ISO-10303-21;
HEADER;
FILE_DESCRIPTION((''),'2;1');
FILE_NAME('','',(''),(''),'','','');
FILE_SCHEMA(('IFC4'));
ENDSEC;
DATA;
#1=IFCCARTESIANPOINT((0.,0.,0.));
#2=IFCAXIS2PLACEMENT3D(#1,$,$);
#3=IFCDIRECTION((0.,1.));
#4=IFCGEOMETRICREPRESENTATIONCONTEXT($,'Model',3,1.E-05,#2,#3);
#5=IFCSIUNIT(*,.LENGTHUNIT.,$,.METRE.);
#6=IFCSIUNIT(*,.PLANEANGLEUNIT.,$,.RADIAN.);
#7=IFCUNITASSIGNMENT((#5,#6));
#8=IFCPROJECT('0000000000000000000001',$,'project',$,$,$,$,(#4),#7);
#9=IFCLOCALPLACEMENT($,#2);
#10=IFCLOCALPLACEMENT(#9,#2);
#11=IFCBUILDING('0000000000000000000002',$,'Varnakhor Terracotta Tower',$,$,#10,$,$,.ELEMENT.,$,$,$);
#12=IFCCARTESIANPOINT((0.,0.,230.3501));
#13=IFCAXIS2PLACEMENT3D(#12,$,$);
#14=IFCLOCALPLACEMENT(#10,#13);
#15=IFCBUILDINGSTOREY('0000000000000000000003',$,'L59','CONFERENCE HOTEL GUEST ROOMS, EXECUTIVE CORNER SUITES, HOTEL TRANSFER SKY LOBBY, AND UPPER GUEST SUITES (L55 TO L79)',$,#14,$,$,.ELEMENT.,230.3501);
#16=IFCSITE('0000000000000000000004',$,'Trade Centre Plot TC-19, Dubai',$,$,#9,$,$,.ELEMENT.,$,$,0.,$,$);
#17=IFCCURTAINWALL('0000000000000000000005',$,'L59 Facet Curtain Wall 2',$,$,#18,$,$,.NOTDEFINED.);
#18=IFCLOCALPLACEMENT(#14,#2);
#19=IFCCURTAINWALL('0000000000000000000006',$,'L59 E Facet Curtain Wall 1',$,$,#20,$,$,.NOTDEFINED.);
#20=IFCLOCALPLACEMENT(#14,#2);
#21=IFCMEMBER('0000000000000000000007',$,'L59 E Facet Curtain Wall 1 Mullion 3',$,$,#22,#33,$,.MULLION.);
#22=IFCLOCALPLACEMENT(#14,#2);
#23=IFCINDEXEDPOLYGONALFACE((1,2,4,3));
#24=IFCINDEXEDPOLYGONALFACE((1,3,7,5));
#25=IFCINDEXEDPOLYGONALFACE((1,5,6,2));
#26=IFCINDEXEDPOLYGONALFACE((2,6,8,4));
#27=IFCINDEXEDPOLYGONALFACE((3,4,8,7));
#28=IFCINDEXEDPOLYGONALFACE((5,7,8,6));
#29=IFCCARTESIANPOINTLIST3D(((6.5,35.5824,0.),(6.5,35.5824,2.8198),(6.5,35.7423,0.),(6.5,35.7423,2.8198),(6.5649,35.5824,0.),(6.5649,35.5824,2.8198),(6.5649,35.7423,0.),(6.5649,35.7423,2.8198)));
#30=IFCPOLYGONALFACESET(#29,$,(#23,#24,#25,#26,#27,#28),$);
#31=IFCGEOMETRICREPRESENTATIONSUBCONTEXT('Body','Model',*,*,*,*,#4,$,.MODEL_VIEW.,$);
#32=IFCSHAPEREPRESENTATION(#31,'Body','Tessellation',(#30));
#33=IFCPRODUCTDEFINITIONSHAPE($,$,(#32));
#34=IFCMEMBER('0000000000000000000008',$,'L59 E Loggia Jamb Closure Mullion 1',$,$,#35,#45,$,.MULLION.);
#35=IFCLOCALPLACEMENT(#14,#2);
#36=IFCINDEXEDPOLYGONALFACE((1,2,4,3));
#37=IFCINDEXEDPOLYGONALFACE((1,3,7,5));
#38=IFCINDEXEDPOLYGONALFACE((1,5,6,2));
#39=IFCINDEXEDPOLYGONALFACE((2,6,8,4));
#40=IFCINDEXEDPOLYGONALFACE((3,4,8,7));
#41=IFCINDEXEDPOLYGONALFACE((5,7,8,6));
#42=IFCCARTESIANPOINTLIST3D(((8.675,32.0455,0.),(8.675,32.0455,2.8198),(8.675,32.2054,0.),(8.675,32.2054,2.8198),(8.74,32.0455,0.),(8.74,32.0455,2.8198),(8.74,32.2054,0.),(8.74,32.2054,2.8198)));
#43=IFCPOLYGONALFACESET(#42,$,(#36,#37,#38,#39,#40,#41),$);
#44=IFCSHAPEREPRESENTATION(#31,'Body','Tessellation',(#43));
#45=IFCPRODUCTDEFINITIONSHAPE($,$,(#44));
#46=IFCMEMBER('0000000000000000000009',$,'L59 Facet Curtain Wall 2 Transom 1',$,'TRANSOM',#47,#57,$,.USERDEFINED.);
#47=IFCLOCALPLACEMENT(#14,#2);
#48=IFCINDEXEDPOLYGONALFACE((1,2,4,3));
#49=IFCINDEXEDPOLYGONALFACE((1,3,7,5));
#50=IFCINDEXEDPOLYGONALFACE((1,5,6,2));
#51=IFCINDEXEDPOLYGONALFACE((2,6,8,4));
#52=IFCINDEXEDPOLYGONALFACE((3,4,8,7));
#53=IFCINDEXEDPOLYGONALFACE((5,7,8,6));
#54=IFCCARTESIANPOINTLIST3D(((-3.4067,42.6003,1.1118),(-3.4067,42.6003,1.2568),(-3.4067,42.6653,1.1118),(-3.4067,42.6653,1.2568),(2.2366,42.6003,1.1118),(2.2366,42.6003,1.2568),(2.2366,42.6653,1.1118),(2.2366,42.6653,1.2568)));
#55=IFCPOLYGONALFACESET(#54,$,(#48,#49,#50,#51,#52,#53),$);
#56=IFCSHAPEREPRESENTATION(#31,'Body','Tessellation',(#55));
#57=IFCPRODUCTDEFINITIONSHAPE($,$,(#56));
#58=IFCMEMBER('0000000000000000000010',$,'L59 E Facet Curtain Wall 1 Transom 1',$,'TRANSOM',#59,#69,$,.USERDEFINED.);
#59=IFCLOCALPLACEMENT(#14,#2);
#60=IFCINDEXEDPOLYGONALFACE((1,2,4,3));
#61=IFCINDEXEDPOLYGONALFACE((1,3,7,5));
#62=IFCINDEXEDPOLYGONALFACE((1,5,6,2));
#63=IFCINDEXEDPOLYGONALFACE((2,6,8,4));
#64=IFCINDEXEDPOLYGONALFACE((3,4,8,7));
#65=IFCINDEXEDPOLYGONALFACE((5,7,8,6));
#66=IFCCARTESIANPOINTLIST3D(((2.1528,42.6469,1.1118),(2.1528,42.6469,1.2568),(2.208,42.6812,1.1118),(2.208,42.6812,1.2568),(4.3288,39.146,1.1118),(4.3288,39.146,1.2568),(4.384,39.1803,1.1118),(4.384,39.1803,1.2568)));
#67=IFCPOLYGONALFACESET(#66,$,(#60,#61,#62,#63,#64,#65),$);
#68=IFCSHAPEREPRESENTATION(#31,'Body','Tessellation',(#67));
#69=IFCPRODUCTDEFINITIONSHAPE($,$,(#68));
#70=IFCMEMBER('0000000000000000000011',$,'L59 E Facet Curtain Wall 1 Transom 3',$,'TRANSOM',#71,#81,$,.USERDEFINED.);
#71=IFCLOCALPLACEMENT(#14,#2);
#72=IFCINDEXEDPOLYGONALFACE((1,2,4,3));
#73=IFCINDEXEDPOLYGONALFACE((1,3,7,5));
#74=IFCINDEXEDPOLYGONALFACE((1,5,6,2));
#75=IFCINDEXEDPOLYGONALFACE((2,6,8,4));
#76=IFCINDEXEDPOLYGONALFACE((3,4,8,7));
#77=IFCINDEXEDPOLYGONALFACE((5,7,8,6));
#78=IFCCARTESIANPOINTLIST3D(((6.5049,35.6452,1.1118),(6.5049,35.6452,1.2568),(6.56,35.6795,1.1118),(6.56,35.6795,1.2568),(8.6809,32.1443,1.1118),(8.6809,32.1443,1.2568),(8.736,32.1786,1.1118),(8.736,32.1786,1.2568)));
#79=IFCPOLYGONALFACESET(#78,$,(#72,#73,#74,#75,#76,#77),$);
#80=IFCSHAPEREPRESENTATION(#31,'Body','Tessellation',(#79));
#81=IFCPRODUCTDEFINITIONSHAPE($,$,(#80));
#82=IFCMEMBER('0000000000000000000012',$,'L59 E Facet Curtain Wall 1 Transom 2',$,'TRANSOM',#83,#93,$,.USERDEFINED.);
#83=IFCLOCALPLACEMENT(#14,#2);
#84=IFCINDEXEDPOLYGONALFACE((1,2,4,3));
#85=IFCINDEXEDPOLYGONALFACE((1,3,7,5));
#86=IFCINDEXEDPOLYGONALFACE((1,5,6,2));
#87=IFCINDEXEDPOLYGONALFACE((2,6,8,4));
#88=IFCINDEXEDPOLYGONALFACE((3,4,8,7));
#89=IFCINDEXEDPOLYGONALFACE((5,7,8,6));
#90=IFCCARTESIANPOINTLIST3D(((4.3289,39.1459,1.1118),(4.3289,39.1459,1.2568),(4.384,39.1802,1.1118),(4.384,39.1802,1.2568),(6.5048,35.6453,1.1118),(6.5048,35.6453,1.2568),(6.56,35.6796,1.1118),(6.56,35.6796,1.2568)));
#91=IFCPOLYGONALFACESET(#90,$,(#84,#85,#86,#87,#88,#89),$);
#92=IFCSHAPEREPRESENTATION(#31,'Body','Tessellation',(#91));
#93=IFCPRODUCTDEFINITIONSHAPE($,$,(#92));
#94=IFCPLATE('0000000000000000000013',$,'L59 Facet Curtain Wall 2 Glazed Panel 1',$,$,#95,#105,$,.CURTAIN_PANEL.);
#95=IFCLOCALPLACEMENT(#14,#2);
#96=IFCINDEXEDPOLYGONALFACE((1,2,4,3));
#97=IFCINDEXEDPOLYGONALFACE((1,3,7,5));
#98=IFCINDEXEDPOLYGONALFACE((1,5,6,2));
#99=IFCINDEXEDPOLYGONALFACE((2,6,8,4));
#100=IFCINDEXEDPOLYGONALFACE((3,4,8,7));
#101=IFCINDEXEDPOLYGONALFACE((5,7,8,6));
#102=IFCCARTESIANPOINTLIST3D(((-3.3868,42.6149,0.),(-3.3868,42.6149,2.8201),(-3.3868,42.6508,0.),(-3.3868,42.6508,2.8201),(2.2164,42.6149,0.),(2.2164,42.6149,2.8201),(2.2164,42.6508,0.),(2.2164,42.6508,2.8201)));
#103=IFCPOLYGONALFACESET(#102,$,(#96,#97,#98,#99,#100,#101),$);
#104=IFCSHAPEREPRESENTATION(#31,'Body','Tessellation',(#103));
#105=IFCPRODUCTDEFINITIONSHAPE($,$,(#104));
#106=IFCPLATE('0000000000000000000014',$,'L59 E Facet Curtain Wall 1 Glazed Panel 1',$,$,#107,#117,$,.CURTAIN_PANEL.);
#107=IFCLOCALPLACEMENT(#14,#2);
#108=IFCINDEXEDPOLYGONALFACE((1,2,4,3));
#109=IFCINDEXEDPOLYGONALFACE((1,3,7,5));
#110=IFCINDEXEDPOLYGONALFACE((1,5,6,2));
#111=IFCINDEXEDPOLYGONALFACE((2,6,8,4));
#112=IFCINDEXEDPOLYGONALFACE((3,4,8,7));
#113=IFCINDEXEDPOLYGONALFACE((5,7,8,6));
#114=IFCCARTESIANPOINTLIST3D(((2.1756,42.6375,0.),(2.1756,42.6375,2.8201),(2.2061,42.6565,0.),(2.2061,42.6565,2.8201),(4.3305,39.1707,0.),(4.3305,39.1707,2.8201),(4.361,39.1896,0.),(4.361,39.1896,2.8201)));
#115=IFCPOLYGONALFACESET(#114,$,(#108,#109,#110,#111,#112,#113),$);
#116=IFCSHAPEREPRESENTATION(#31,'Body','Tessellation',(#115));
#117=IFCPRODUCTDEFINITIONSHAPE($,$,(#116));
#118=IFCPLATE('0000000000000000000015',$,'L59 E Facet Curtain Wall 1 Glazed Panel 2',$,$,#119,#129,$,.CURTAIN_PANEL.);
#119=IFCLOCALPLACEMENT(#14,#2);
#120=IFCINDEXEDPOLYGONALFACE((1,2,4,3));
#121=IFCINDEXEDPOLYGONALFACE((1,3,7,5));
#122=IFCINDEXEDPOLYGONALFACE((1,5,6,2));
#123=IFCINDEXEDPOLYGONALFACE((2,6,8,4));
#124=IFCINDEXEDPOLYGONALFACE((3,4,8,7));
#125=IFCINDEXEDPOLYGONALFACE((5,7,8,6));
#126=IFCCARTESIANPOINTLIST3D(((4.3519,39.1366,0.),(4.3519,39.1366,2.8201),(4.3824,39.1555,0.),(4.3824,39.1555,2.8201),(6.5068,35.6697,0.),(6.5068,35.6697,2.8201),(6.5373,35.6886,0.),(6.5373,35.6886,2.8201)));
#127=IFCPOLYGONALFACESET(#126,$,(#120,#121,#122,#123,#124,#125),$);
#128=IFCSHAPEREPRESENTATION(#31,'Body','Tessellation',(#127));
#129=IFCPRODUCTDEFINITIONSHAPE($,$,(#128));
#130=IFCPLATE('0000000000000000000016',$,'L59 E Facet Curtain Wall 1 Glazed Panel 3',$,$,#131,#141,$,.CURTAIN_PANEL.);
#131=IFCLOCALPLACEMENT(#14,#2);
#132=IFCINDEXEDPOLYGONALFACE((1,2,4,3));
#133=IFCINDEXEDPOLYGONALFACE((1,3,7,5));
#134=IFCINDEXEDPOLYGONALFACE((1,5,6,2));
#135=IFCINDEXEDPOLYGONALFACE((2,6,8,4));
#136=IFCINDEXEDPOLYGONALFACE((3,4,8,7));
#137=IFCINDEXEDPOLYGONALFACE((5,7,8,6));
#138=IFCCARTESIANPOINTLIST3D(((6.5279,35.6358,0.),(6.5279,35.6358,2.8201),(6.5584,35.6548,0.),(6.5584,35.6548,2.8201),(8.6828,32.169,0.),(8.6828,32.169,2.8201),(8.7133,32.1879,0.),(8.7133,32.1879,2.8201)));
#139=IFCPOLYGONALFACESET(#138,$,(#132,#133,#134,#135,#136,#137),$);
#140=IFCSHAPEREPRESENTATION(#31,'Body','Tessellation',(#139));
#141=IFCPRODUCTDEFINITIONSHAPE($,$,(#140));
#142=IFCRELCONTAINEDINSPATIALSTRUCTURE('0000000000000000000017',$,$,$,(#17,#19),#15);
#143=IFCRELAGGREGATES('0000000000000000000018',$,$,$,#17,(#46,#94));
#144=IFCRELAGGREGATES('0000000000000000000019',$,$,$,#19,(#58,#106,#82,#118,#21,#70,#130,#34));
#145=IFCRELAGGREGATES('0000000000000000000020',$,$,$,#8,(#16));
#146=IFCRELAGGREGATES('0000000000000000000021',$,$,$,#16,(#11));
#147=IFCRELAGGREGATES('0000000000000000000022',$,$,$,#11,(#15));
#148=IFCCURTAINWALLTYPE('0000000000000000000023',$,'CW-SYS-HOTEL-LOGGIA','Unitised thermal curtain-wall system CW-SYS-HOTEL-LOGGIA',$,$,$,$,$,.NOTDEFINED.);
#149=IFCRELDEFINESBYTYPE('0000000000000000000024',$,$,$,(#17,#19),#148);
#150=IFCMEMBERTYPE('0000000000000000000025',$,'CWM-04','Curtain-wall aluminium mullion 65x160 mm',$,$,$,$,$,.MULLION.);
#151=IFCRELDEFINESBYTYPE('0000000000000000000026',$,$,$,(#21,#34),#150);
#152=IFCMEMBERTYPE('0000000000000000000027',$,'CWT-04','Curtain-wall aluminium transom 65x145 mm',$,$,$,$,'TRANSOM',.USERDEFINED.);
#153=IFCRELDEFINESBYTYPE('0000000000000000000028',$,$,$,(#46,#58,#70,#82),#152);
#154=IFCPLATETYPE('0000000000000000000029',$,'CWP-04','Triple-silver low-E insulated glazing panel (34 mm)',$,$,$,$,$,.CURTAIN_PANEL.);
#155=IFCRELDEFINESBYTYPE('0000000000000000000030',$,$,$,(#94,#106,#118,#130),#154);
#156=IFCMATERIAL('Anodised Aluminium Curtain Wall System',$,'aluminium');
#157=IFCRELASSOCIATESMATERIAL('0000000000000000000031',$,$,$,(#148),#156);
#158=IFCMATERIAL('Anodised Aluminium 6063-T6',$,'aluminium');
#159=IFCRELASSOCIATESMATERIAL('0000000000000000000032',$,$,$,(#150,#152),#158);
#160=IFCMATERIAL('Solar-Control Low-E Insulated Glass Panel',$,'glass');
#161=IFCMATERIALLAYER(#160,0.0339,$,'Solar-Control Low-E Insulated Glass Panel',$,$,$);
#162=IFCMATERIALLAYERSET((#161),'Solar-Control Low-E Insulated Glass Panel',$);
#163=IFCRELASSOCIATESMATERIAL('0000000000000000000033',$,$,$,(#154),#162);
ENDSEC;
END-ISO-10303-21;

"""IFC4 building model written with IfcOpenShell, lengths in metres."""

from ifc_helpers import new_model, si_unit, direction, frame, origin, origin_2d, place, context, subcontext, project, spatial, rectangle, extrude, source, transform, mapped, material, layer, layer_set, material_profile, profile_set, type_object, element, aggregate, save


model = new_model("IFC4")

# Units and contexts
model_context = context("Model", 3, precision=1e-05, world=origin(), true_north=direction((0.0, 1.0)))
body_context = subcontext(model_context, "Body", "Model", "MODEL_VIEW")
ifc_project = project(units=[si_unit("LENGTHUNIT", "METRE"), si_unit("PLANEANGLEUNIT", "RADIAN")], contexts=[model_context])

# Site, building, storey
site_placement = place(None, origin())
site = spatial("IfcSite", under=ifc_project, at=site_placement, Name="Trade Centre Plot TC-19, Dubai", CompositionType="ELEMENT", RefElevation=0.0)
building_placement = place(site_placement, origin())
building = spatial("IfcBuilding", under=site, at=building_placement, Name="Varnakhor Terracotta Tower", CompositionType="ELEMENT")
storey_placement = place(building_placement, frame((0.0, 0.0, 230.3501)))
storey = spatial("IfcBuildingStorey", under=building, at=storey_placement, Name="L59", Description="CONFERENCE HOTEL GUEST ROOMS, EXECUTIVE CORNER SUITES, HOTEL TRANSFER SKY LOBBY, AND UPPER GUEST SUITES (L55 TO L79)", CompositionType="ELEMENT", Elevation=230.3501)

# Curtain wall
ifc_material_1 = material(Name="Anodised Aluminium Curtain Wall System", Category="aluminium")
curtain_wall_type = type_object("IfcCurtainWallType", Name="CW-SYS-HOTEL-LOGGIA", Description="Unitised thermal curtain-wall system CW-SYS-HOTEL-LOGGIA", PredefinedType="NOTDEFINED", material=ifc_material_1)
curtain_wall_1_placement = place(storey_placement, origin())
curtain_wall_1 = element("IfcCurtainWall", 1, at=curtain_wall_1_placement, inside=storey, type_object=curtain_wall_type, Name="L59 Facet Curtain Wall 2", PredefinedType="NOTDEFINED")
ifc_material_2 = material(Name="Anodised Aluminium 6063-T6", Category="aluminium")
ifc_material_profile_1 = material_profile(ifc_material_2, rectangle(XDim=0.0649, YDim=0.1599, at=origin_2d()), Name="ALU MULLION 65x160")
ifc_profile_set_1 = profile_set([ifc_material_profile_1], Name="Anodised Aluminium 6063-T6")
member_type_1 = type_object("IfcMemberType", Name="CWM-04", Description="Curtain-wall aluminium mullion 65x160 mm", PredefinedType="MULLION", material=ifc_profile_set_1)
shared_shape_1 = source(origin(), body_context, "Body", "SweptSolid", [
    extrude(rectangle(XDim=0.0649, YDim=0.1599, at=origin_2d()), origin(), (0.0, 0.0, 1.0), 2.8198),
])

# Curtain wall, members
curtain_wall_2_placement = place(storey_placement, origin())
curtain_wall_2 = element("IfcCurtainWall", 2, at=curtain_wall_2_placement, inside=storey, type_object=curtain_wall_type, Name="L59 E Facet Curtain Wall 1", PredefinedType="NOTDEFINED")
member_1_placement = place(storey_placement, frame((6.5325, 35.6624, 0.0), z_axis=(0.0, 0.0, 1.0), x_axis=(1.0, 0.0, 0.0)))
member_1 = element("IfcMember", 3, at=member_1_placement, type_object=member_type_1, Name="L59 E Facet Curtain Wall 1 Mullion 3", PredefinedType="MULLION", context=body_context, shape_type="MappedRepresentation", body=[
    mapped(shared_shape_1, transform((0.0, 0.0, 0.0), scale=1.0)),
])
member_2_placement = place(storey_placement, frame((8.7075, 32.1255, 0.0), z_axis=(0.0, 0.0, 1.0), x_axis=(1.0, 0.0, 0.0)))
member_2 = element("IfcMember", 4, at=member_2_placement, type_object=member_type_1, Name="L59 E Loggia Jamb Closure Mullion 1", PredefinedType="MULLION", context=body_context, shape_type="MappedRepresentation", body=[
    mapped(shared_shape_1, transform((0.0, 0.0, 0.0), scale=1.0)),
])

# Members
ifc_material_profile_2 = material_profile(ifc_material_2, rectangle(XDim=0.0649, YDim=0.145, at=origin_2d()), Name="ALU TRANSOM 65x145")
ifc_profile_set_2 = profile_set([ifc_material_profile_2], Name="Anodised Aluminium 6063-T6")
member_type_2 = type_object("IfcMemberType", Name="CWT-04", Description="Curtain-wall aluminium transom 65x145 mm", ElementType="TRANSOM", PredefinedType="USERDEFINED", material=ifc_profile_set_2)
shared_shape_2 = source(origin(), body_context, "Body", "SweptSolid", [
    extrude(rectangle(XDim=0.0649, YDim=0.145, at=origin_2d()), origin(), (0.0, 0.0, 1.0), 5.6433),
])
member_3_placement = place(storey_placement, frame((-3.4067, 42.6328, 1.1843), z_axis=(1.0, 0.0, 0.0), x_axis=(0.0, 1.0, 0.0)))
member_3 = element("IfcMember", 5, at=member_3_placement, type_object=member_type_2, Name="L59 Facet Curtain Wall 2 Transom 1", ObjectType="TRANSOM", PredefinedType="USERDEFINED", context=body_context, shape_type="MappedRepresentation", body=[
    mapped(shared_shape_2, transform((0.0, 0.0, 0.0), scale=1.0)),
])
shared_shape_3 = source(origin(), body_context, "Body", "SweptSolid", [
    extrude(rectangle(XDim=0.0649, YDim=0.145, at=origin_2d()), origin(), (0.0, 0.0, 1.0), 4.1221),
])
member_4_placement = place(storey_placement, frame((2.1804, 42.6641, 1.1843), z_axis=(0.527889, -0.849313, 0.0), x_axis=(0.849313, 0.527889, 0.0)))
member_4 = element("IfcMember", 6, at=member_4_placement, type_object=member_type_2, Name="L59 E Facet Curtain Wall 1 Transom 1", ObjectType="TRANSOM", PredefinedType="USERDEFINED", context=body_context, shape_type="MappedRepresentation", body=[
    mapped(shared_shape_3, transform((0.0, 0.0, 0.0), scale=1.0)),
])
member_5_placement = place(storey_placement, frame((6.5325, 35.6624, 1.1843), z_axis=(0.527889, -0.849313, 0.0), x_axis=(0.849313, 0.527889, 0.0)))
member_5 = element("IfcMember", 7, at=member_5_placement, type_object=member_type_2, Name="L59 E Facet Curtain Wall 1 Transom 3", ObjectType="TRANSOM", PredefinedType="USERDEFINED", context=body_context, shape_type="MappedRepresentation", body=[
    mapped(shared_shape_3, transform((0.0, 0.0, 0.0), scale=1.0)),
])
shared_shape_4 = source(origin(), body_context, "Body", "SweptSolid", [
    extrude(rectangle(XDim=0.0649, YDim=0.145, at=origin_2d()), origin(), (0.0, 0.0, 1.0), 4.1218),
])
member_6_placement = place(storey_placement, frame((4.3564, 39.1631, 1.1843), z_axis=(0.527916, -0.849297, 0.0), x_axis=(0.849297, 0.527916, 0.0)))
member_6 = element("IfcMember", 8, at=member_6_placement, type_object=member_type_2, Name="L59 E Facet Curtain Wall 1 Transom 2", ObjectType="TRANSOM", PredefinedType="USERDEFINED", context=body_context, shape_type="MappedRepresentation", body=[
    mapped(shared_shape_4, transform((0.0, 0.0, 0.0), scale=1.0)),
])

# Plates
ifc_material_3 = material(Name="Solar-Control Low-E Insulated Glass Panel", Category="glass")
ifc_layer_1 = layer(ifc_material_3, 0.0339, Name="Solar-Control Low-E Insulated Glass Panel")
ifc_layer_set_1 = layer_set([ifc_layer_1], Name="Solar-Control Low-E Insulated Glass Panel")
plate_type = type_object("IfcPlateType", Name="CWP-04", Description="Triple-silver low-E insulated glazing panel (34 mm)", PredefinedType="CURTAIN_PANEL", material=ifc_layer_set_1)
shared_shape_5 = source(origin(), body_context, "Body", "SweptSolid", [
    extrude(rectangle(XDim=5.6033, YDim=0.0359, at=origin_2d()), origin(), (0.0, 0.0, 1.0), 2.8201),
])
plate_1_placement = place(storey_placement, frame((-0.5852, 42.6328, 0.0), z_axis=(0.0, 0.0, 1.0), x_axis=(1.0, 0.0, 0.0)))
plate_1 = element("IfcPlate", 9, at=plate_1_placement, type_object=plate_type, Name="L59 Facet Curtain Wall 2 Glazed Panel 1", PredefinedType="CURTAIN_PANEL", context=body_context, shape_type="MappedRepresentation", body=[
    mapped(shared_shape_5, transform((0.0, 0.0, 0.0), scale=1.0)),
])
aggregate(curtain_wall_1, [member_3, plate_1])
shared_shape_6 = source(origin(), body_context, "Body", "SweptSolid", [
    extrude(rectangle(XDim=4.082, YDim=0.0359, at=origin_2d()), origin(), (0.0, 0.0, 1.0), 2.8201),
])
plate_2_placement = place(storey_placement, frame((3.2683, 40.9136, 0.0), z_axis=(0.0, 0.0, 1.0), x_axis=(0.527905, -0.849304, 0.0)))
plate_2 = element("IfcPlate", 10, at=plate_2_placement, type_object=plate_type, Name="L59 E Facet Curtain Wall 1 Glazed Panel 1", PredefinedType="CURTAIN_PANEL", context=body_context, shape_type="MappedRepresentation", body=[
    mapped(shared_shape_6, transform((0.0, 0.0, 0.0), scale=1.0)),
])
plate_3_placement = place(storey_placement, frame((5.4446, 37.4126, 0.0), z_axis=(0.0, 0.0, 1.0), x_axis=(0.527905, -0.849304, 0.0)))
plate_3 = element("IfcPlate", 11, at=plate_3_placement, type_object=plate_type, Name="L59 E Facet Curtain Wall 1 Glazed Panel 2", PredefinedType="CURTAIN_PANEL", context=body_context, shape_type="MappedRepresentation", body=[
    mapped(shared_shape_6, transform((0.0, 0.0, 0.0), scale=1.0)),
])
plate_4_placement = place(storey_placement, frame((7.6206, 33.9119, 0.0), z_axis=(0.0, 0.0, 1.0), x_axis=(0.527905, -0.849304, 0.0)))
plate_4 = element("IfcPlate", 12, at=plate_4_placement, type_object=plate_type, Name="L59 E Facet Curtain Wall 1 Glazed Panel 3", PredefinedType="CURTAIN_PANEL", context=body_context, shape_type="MappedRepresentation", body=[
    mapped(shared_shape_6, transform((0.0, 0.0, 0.0), scale=1.0)),
])
aggregate(curtain_wall_2, [member_4, plate_2, member_6, plate_3, member_1, member_5, plate_4, member_2])

save(model, "model.ifc")
